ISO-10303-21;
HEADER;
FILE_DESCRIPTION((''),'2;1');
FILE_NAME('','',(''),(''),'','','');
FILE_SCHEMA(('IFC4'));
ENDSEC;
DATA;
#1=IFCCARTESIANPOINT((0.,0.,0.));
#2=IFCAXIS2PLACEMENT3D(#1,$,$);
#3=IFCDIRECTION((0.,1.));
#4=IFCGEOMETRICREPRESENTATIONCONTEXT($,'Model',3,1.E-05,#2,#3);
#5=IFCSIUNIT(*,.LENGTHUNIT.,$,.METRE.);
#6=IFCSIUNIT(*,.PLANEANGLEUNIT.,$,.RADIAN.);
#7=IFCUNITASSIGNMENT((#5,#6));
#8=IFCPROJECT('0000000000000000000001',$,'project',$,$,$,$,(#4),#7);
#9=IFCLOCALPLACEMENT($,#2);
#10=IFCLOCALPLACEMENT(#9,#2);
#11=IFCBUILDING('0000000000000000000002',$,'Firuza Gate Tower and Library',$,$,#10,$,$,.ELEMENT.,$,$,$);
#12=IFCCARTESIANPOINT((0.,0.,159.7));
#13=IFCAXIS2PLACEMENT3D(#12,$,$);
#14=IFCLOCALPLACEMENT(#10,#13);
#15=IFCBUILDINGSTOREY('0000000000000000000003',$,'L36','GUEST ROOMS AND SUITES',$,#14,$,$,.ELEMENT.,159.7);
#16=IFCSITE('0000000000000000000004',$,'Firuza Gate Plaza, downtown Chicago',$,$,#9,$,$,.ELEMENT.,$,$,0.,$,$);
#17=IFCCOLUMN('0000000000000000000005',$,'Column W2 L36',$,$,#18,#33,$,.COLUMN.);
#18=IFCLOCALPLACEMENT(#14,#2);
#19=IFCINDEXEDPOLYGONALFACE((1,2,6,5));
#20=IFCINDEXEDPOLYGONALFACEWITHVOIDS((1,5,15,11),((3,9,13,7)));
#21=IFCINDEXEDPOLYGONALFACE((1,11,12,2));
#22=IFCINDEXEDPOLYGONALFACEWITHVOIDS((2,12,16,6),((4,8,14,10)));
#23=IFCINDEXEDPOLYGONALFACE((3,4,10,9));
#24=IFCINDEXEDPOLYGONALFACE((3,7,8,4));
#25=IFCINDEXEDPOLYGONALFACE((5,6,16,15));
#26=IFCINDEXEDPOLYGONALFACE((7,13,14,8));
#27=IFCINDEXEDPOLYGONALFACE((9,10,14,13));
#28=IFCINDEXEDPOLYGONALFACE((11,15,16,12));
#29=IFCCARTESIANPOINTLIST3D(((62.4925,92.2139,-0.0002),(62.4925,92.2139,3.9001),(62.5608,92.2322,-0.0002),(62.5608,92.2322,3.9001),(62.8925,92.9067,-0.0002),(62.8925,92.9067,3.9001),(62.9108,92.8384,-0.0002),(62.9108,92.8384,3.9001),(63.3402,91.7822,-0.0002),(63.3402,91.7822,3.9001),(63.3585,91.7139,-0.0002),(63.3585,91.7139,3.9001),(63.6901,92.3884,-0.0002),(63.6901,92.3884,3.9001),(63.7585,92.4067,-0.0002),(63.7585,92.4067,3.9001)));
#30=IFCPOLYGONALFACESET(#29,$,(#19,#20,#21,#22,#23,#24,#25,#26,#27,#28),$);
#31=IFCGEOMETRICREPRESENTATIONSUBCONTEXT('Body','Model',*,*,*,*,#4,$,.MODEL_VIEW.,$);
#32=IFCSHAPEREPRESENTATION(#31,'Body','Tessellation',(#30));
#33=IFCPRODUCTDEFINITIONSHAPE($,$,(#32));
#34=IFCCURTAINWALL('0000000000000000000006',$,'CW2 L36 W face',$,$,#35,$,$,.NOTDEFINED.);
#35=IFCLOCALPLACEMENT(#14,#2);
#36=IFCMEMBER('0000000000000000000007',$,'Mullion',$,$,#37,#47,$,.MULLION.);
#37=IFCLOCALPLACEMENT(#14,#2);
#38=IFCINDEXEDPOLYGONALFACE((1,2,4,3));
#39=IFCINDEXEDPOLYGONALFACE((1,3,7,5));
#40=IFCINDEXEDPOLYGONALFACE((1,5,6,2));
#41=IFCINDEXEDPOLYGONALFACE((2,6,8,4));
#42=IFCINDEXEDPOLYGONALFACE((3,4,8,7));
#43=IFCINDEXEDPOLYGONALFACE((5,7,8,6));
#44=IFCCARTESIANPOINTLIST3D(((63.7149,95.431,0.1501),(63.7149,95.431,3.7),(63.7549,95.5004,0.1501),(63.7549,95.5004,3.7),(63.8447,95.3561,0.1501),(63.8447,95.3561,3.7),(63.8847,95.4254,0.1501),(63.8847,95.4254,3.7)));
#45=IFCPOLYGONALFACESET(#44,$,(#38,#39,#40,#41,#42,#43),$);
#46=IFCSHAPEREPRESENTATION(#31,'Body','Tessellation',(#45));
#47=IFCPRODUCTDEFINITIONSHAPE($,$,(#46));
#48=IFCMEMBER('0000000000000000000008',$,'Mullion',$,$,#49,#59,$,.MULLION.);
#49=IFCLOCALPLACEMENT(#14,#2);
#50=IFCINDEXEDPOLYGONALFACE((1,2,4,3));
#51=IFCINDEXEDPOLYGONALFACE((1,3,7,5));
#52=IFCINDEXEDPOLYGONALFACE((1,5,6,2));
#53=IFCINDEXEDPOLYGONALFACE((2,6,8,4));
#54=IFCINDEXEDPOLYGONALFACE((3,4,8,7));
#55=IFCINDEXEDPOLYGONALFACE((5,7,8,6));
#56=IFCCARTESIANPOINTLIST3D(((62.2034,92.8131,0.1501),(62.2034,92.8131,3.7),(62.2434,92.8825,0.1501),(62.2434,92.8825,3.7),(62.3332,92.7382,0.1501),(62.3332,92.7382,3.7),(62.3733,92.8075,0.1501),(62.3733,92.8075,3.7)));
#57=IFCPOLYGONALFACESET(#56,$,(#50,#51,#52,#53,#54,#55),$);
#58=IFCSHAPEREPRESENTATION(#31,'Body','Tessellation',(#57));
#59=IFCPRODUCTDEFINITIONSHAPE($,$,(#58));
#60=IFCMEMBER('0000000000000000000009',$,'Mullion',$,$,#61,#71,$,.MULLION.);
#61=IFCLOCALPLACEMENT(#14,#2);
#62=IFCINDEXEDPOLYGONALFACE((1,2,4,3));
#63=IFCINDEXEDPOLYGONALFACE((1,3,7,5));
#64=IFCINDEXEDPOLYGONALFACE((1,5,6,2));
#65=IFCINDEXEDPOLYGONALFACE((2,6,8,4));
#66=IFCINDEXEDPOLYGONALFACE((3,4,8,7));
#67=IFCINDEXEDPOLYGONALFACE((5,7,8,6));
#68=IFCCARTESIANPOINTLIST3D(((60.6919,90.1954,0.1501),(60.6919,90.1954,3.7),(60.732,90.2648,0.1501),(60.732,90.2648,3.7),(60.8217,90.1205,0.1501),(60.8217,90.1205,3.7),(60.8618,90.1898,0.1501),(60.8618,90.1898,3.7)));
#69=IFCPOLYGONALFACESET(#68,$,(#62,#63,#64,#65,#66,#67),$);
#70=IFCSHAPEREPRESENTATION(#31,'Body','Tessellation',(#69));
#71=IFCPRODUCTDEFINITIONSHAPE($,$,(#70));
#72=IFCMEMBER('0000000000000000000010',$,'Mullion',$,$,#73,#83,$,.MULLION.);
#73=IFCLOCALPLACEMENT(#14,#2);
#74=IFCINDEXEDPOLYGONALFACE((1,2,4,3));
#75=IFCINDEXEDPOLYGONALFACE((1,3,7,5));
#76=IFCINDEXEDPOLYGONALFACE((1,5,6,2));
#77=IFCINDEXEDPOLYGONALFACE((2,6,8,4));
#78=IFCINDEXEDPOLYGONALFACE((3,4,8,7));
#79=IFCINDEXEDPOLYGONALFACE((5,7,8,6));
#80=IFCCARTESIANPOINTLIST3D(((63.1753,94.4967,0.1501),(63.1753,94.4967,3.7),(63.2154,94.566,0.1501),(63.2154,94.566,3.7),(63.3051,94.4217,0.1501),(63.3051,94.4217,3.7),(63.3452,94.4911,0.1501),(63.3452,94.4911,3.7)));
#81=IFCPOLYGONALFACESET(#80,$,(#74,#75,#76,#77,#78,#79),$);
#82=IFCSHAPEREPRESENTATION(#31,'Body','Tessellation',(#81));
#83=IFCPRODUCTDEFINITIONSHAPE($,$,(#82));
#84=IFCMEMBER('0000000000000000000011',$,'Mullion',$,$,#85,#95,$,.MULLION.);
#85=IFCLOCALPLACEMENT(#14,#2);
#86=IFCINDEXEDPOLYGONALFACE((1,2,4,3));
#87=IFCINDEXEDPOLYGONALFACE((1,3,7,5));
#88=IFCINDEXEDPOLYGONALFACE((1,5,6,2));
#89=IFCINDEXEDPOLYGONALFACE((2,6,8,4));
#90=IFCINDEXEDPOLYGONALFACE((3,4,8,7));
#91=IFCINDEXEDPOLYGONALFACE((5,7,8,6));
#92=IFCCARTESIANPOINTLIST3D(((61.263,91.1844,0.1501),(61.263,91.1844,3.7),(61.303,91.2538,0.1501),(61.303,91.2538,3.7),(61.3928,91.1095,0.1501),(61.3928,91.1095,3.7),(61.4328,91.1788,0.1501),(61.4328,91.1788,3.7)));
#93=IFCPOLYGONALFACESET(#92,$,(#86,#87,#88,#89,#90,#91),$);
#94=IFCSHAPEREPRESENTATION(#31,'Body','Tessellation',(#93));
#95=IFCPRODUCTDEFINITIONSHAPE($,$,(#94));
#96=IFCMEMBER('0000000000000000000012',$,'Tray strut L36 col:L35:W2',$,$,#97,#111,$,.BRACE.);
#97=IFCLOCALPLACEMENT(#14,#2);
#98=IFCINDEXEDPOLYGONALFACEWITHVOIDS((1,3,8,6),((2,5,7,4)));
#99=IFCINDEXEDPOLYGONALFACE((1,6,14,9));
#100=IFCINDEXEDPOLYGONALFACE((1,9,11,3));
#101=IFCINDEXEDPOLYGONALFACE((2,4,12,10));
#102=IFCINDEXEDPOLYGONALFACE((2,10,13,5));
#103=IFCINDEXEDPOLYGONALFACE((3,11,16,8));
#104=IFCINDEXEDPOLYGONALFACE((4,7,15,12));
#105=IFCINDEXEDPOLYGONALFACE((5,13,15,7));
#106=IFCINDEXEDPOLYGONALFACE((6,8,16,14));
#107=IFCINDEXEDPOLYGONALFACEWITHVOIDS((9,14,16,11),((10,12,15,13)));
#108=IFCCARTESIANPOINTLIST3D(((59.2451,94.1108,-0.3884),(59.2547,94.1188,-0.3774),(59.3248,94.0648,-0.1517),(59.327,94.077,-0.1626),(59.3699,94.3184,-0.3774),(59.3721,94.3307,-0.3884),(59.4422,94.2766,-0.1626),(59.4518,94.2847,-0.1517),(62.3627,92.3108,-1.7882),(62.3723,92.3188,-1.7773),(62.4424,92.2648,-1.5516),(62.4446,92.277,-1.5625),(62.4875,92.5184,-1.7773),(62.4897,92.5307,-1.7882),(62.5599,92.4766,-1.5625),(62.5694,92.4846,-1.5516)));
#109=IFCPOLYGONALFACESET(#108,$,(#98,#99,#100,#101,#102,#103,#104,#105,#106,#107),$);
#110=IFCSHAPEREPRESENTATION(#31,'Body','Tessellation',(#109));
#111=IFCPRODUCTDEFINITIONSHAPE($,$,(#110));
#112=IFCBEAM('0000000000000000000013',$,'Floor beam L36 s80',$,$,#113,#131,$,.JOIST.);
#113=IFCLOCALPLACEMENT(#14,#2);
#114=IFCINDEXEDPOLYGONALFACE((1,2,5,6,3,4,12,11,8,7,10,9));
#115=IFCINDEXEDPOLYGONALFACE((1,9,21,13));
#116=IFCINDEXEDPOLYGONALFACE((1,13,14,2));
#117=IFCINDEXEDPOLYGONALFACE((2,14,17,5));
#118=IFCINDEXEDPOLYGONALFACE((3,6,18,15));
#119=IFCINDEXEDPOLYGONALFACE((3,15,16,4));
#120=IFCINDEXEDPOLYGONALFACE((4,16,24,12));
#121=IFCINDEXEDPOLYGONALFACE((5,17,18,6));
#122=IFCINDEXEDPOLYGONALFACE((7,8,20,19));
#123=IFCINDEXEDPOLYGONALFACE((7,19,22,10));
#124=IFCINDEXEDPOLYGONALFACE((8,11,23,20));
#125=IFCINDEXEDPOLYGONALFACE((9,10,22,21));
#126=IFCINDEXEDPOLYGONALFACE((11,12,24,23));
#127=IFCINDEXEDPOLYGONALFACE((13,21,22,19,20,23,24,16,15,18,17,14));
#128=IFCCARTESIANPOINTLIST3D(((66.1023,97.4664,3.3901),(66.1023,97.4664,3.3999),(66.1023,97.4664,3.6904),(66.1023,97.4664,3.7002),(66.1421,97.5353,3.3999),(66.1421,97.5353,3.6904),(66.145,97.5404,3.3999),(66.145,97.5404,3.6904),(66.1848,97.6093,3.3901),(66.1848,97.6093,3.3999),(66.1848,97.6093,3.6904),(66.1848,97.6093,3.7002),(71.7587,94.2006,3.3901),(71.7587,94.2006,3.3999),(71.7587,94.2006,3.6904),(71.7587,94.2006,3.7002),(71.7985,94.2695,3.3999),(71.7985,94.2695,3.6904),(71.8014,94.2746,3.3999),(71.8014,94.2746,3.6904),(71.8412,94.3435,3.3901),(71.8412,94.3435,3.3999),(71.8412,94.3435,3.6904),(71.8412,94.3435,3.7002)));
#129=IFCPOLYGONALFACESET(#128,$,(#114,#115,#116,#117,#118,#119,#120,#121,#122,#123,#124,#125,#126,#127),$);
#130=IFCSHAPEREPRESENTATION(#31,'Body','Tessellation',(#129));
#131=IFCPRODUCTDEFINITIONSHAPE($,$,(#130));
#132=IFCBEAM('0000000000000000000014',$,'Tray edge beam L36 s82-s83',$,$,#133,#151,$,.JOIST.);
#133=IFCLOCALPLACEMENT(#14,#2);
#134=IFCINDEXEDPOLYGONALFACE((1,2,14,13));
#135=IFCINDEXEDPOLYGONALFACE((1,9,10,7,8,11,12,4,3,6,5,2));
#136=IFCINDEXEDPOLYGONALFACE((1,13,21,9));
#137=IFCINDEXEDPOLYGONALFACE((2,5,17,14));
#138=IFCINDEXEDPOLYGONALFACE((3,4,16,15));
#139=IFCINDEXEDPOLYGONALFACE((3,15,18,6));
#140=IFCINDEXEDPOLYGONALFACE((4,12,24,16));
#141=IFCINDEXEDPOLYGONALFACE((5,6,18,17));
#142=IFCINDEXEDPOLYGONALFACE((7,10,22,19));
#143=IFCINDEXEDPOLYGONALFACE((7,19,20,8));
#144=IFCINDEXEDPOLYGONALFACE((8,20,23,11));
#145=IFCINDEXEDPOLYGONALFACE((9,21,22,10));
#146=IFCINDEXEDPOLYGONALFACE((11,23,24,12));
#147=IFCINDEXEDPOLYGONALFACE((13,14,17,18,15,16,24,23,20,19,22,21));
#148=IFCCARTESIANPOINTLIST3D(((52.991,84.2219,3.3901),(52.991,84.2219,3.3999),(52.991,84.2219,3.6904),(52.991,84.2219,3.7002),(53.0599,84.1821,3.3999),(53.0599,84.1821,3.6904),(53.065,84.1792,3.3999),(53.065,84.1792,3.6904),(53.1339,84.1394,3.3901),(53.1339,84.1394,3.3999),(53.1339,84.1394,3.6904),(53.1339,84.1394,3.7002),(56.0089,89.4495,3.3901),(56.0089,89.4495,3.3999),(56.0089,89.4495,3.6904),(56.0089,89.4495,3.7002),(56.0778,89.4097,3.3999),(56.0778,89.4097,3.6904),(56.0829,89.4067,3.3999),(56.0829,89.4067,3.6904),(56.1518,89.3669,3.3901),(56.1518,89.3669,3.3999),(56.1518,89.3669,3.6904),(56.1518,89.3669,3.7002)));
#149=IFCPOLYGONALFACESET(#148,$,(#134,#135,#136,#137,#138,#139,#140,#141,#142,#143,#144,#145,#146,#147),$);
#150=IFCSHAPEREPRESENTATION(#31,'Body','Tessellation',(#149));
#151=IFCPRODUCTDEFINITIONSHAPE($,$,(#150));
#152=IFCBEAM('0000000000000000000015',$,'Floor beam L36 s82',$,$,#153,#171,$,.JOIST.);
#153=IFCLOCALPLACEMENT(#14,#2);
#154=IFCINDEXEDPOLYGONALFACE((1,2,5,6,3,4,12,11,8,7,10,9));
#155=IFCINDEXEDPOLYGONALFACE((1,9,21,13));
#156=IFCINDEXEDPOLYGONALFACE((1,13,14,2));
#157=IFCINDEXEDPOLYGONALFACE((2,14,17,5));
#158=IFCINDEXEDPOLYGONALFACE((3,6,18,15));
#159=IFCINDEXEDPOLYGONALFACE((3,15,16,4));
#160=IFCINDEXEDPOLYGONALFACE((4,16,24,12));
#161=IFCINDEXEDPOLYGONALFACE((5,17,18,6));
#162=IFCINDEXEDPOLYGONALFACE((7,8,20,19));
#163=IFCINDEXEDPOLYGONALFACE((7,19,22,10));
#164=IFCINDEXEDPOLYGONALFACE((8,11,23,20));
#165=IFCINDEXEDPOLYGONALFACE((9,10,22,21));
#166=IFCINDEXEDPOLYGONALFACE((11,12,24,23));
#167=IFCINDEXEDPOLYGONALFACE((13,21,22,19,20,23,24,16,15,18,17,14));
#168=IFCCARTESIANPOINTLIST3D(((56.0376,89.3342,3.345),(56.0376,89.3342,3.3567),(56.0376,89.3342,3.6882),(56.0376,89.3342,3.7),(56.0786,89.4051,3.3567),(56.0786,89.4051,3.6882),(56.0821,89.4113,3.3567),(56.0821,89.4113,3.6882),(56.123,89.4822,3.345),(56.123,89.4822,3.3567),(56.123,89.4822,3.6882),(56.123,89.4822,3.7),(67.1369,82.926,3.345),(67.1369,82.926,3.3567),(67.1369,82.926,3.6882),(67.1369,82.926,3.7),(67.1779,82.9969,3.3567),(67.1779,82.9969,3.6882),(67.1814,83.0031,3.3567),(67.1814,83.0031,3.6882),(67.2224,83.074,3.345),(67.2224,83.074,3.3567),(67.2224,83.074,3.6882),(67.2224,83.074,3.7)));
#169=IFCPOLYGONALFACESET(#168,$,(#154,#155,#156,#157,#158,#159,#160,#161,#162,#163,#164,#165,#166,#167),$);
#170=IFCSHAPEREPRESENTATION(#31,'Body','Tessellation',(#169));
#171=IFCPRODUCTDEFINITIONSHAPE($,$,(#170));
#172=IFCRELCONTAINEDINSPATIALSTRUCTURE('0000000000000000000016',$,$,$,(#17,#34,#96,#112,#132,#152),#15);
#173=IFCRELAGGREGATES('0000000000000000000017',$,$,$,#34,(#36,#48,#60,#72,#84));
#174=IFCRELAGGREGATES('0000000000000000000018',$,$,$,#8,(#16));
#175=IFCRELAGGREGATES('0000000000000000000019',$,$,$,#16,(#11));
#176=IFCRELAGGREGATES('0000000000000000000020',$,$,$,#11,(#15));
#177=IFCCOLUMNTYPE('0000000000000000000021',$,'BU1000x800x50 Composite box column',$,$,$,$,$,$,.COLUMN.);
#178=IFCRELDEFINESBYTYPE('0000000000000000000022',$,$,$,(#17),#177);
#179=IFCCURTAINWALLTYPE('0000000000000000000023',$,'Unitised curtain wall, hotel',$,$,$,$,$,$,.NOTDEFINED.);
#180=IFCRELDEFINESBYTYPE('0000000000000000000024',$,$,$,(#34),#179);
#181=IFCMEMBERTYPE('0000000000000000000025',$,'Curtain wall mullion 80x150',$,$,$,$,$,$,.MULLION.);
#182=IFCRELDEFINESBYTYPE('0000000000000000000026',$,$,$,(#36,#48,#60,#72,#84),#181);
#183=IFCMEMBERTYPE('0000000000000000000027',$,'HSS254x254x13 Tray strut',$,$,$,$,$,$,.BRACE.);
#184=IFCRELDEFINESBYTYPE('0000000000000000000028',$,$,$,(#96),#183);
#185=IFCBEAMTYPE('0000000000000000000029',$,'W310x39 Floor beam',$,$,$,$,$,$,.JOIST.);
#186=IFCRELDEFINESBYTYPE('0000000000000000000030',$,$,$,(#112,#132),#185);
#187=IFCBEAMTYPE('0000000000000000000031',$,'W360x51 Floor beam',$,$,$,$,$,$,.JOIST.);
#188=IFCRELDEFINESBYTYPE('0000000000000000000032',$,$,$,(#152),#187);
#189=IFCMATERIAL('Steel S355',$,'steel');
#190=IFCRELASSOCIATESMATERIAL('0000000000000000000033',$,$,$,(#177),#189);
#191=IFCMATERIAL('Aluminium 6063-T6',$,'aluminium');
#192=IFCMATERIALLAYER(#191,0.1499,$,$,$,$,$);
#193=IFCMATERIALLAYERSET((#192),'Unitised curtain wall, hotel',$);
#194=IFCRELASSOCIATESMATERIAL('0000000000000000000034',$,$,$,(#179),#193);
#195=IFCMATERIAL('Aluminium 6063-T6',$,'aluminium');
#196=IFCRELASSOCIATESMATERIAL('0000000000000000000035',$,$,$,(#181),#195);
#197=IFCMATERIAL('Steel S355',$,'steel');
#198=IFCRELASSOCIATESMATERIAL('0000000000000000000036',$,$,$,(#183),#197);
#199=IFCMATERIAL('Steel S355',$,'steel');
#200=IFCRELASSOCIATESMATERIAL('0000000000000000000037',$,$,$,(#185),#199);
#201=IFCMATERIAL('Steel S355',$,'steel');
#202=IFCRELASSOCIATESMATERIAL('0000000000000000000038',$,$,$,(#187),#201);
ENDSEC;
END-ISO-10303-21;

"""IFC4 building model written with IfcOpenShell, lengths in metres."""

from ifc_helpers import new_model, si_unit, direction, frame, origin, origin_2d, place, context, subcontext, project, spatial, rectangle, hollow_rectangle, i_section, extrude, material, layer, layer_set, material_profile, profile_set, type_object, element, aggregate, save


model = new_model("IFC4")

# Units and contexts
model_context = context("Model", 3, precision=1e-05, world=origin(), true_north=direction((0.0, 1.0)))
body_context = subcontext(model_context, "Body", "Model", "MODEL_VIEW")
ifc_project = project(units=[si_unit("LENGTHUNIT", "METRE"), si_unit("PLANEANGLEUNIT", "RADIAN")], contexts=[model_context])

# Site, building, storey
site_placement = place(None, origin())
site = spatial("IfcSite", under=ifc_project, at=site_placement, Name="Firuza Gate Plaza, downtown Chicago", CompositionType="ELEMENT", RefElevation=0.0)
building_placement = place(site_placement, origin())
building = spatial("IfcBuilding", under=site, at=building_placement, Name="Firuza Gate Tower and Library", CompositionType="ELEMENT")
storey_placement = place(building_placement, frame((0.0, 0.0, 159.7)))
storey = spatial("IfcBuildingStorey", under=building, at=storey_placement, Name="L36", Description="GUEST ROOMS AND SUITES", CompositionType="ELEMENT", Elevation=159.7)

# Column
ifc_material_1 = material(Name="Steel S355", Category="steel")
ifc_material_profile_1 = material_profile(ifc_material_1, hollow_rectangle(XDim=0.8, YDim=1.0, WallThickness=0.05, at=origin_2d()))
ifc_profile_set_1 = profile_set([ifc_material_profile_1], Name="Steel S355")
column_type = type_object("IfcColumnType", Name="BU1000x800x50 Composite box column", PredefinedType="COLUMN", material=ifc_profile_set_1)
column_placement = place(storey_placement, frame((63.1255, 92.3103, -0.0002), z_axis=(0.0, 0.0, 1.0), x_axis=(-0.5, -0.866025, 0.0)))
element("IfcColumn", 1, at=column_placement, inside=storey, type_object=column_type, Name="Column W2 L36", PredefinedType="COLUMN", context=body_context, shape_type="SweptSolid", body=[
    extrude(hollow_rectangle(XDim=0.8, YDim=1.0, WallThickness=0.05, at=origin_2d()), origin(), (0.0, 0.0, 1.0), 3.9004),
])

# Curtain wall, members
ifc_material_2 = material(Name="Aluminium 6063-T6", Category="aluminium")
ifc_layer_1 = layer(ifc_material_2, 0.1499)
ifc_layer_set_1 = layer_set([ifc_layer_1], Name="Unitised curtain wall, hotel")
curtain_wall_type = type_object("IfcCurtainWallType", Name="Unitised curtain wall, hotel", PredefinedType="NOTDEFINED", material=ifc_layer_set_1)
placement = place(storey_placement, origin())
curtain_wall = element("IfcCurtainWall", 2, at=placement, inside=storey, type_object=curtain_wall_type, Name="CW2 L36 W face", PredefinedType="NOTDEFINED")
ifc_material_3 = material(Name="Aluminium 6063-T6", Category="aluminium")
ifc_material_profile_2 = material_profile(ifc_material_3, rectangle(XDim=0.1499, YDim=0.0801, at=origin_2d()))
ifc_profile_set_2 = profile_set([ifc_material_profile_2], Name="Aluminium 6063-T6")
member_type_1 = type_object("IfcMemberType", Name="Curtain wall mullion 80x150", PredefinedType="MULLION", material=ifc_profile_set_2)
member_1_placement = place(storey_placement, frame((63.7998, 95.4282, 0.1501), z_axis=(0.0, 0.0, 1.0), x_axis=(0.866025, -0.5, 0.0)))
member_1 = element("IfcMember", 3, at=member_1_placement, type_object=member_type_1, Name="Mullion", PredefinedType="MULLION", context=body_context, shape_type="SweptSolid", body=[
    extrude(rectangle(XDim=0.1499, YDim=0.0801, at=origin_2d()), origin(), (0.0, 0.0, 1.0), 3.5498),
])
member_2_placement = place(storey_placement, frame((62.2883, 92.8103, 0.1501), z_axis=(0.0, 0.0, 1.0), x_axis=(0.866025, -0.5, 0.0)))
member_2 = element("IfcMember", 4, at=member_2_placement, type_object=member_type_1, Name="Mullion", PredefinedType="MULLION", context=body_context, shape_type="SweptSolid", body=[
    extrude(rectangle(XDim=0.1499, YDim=0.0801, at=origin_2d()), origin(), (0.0, 0.0, 1.0), 3.5498),
])
member_3_placement = place(storey_placement, frame((60.7769, 90.1926, 0.1501), z_axis=(0.0, 0.0, 1.0), x_axis=(0.866025, -0.5, 0.0)))
member_3 = element("IfcMember", 5, at=member_3_placement, type_object=member_type_1, Name="Mullion", PredefinedType="MULLION", context=body_context, shape_type="SweptSolid", body=[
    extrude(rectangle(XDim=0.1499, YDim=0.0801, at=origin_2d()), origin(), (0.0, 0.0, 1.0), 3.5498),
])
member_4_placement = place(storey_placement, frame((63.2603, 94.4939, 0.1501), z_axis=(0.0, 0.0, 1.0), x_axis=(0.866025, -0.5, 0.0)))
member_4 = element("IfcMember", 6, at=member_4_placement, type_object=member_type_1, Name="Mullion", PredefinedType="MULLION", context=body_context, shape_type="SweptSolid", body=[
    extrude(rectangle(XDim=0.1499, YDim=0.0801, at=origin_2d()), origin(), (0.0, 0.0, 1.0), 3.5498),
])
member_5_placement = place(storey_placement, frame((61.3479, 91.1816, 0.1501), z_axis=(0.0, 0.0, 1.0), x_axis=(0.866025, -0.5, 0.0)))
member_5 = element("IfcMember", 7, at=member_5_placement, type_object=member_type_1, Name="Mullion", PredefinedType="MULLION", context=body_context, shape_type="SweptSolid", body=[
    extrude(rectangle(XDim=0.1499, YDim=0.0801, at=origin_2d()), origin(), (0.0, 0.0, 1.0), 3.5498),
])

# Member
ifc_material_4 = material(Name="Steel S355", Category="steel")
ifc_material_profile_3 = material_profile(ifc_material_4, hollow_rectangle(XDim=0.2539, YDim=0.2539, WallThickness=0.0117, at=origin_2d()))
ifc_profile_set_3 = profile_set([ifc_material_profile_3], Name="Steel S355")
member_type_2 = type_object("IfcMemberType", Name="HSS254x254x13 Tray strut", PredefinedType="BRACE", material=ifc_profile_set_3)
member_6_placement = place(storey_placement, frame((62.4661, 92.3977, -1.6699), z_axis=(-0.807141, 0.466018, 0.362423), x_axis=(-0.500012, -0.866018, 0.0)))
element("IfcMember", 8, at=member_6_placement, inside=storey, type_object=member_type_2, Name="Tray strut L36 col:L35:W2", PredefinedType="BRACE", context=body_context, shape_type="SweptSolid", body=[
    extrude(hollow_rectangle(XDim=0.2539, YDim=0.2539, WallThickness=0.0117, at=origin_2d()), origin(), (0.0, 0.0, 1.0), 3.8625),
])

# Beams
ifc_material_5 = material(Name="Steel S355", Category="steel")
ifc_material_profile_4 = material_profile(ifc_material_5, i_section(OverallWidth=0.165, OverallDepth=0.3101, WebThickness=0.0059, FlangeThickness=0.0098, at=origin_2d()))
ifc_profile_set_4 = profile_set([ifc_material_profile_4], Name="Steel S355")
beam_type_1 = type_object("IfcBeamType", Name="W310x39 Floor beam", PredefinedType="JOIST", material=ifc_profile_set_4)
beam_1_placement = place(storey_placement, frame((66.1436, 97.5378, 3.5452), z_axis=(0.866019, -0.50001, 0.0), x_axis=(0.50001, 0.866019, 0.0)))
element("IfcBeam", 9, at=beam_1_placement, inside=storey, type_object=beam_type_1, Name="Floor beam L36 s80", PredefinedType="JOIST", context=body_context, shape_type="SweptSolid", body=[
    extrude(i_section(OverallWidth=0.165, OverallDepth=0.3101, WebThickness=0.0059, FlangeThickness=0.0098, at=origin_2d()), origin(), (0.0, 0.0, 1.0), 6.5315),
])
beam_2_placement = place(storey_placement, frame((56.0803, 89.4082, 3.5452), z_axis=(-0.499963, -0.866047, 0.0), x_axis=(0.866047, -0.499963, 0.0)))
element("IfcBeam", 10, at=beam_2_placement, inside=storey, type_object=beam_type_1, Name="Tray edge beam L36 s82-s83", PredefinedType="JOIST", context=body_context, shape_type="SweptSolid", body=[
    extrude(i_section(OverallWidth=0.165, OverallDepth=0.3101, WebThickness=0.0059, FlangeThickness=0.0098, at=origin_2d()), origin(), (0.0, 0.0, 1.0), 6.0361),
])
ifc_material_6 = material(Name="Steel S355", Category="steel")
ifc_material_profile_5 = material_profile(ifc_material_6, i_section(OverallWidth=0.1709, OverallDepth=0.355, WebThickness=0.0071, FlangeThickness=0.0117, at=origin_2d()))
ifc_profile_set_5 = profile_set([ifc_material_profile_5], Name="Steel S355")
beam_type_2 = type_object("IfcBeamType", Name="W360x51 Floor beam", PredefinedType="JOIST", material=ifc_profile_set_5)
beam_3_placement = place(storey_placement, frame((56.0803, 89.4082, 3.5225), z_axis=(0.866026, -0.499999, 0.0), x_axis=(0.499999, 0.866026, 0.0)))
element("IfcBeam", 11, at=beam_3_placement, inside=storey, type_object=beam_type_2, Name="Floor beam L36 s82", PredefinedType="JOIST", context=body_context, shape_type="SweptSolid", body=[
    extrude(i_section(OverallWidth=0.1709, OverallDepth=0.355, WebThickness=0.0071, FlangeThickness=0.0117, at=origin_2d()), origin(), (0.0, 0.0, 1.0), 12.8164),
])

aggregate(curtain_wall, [member_1, member_2, member_3, member_4, member_5])

save(model, "model.ifc")
